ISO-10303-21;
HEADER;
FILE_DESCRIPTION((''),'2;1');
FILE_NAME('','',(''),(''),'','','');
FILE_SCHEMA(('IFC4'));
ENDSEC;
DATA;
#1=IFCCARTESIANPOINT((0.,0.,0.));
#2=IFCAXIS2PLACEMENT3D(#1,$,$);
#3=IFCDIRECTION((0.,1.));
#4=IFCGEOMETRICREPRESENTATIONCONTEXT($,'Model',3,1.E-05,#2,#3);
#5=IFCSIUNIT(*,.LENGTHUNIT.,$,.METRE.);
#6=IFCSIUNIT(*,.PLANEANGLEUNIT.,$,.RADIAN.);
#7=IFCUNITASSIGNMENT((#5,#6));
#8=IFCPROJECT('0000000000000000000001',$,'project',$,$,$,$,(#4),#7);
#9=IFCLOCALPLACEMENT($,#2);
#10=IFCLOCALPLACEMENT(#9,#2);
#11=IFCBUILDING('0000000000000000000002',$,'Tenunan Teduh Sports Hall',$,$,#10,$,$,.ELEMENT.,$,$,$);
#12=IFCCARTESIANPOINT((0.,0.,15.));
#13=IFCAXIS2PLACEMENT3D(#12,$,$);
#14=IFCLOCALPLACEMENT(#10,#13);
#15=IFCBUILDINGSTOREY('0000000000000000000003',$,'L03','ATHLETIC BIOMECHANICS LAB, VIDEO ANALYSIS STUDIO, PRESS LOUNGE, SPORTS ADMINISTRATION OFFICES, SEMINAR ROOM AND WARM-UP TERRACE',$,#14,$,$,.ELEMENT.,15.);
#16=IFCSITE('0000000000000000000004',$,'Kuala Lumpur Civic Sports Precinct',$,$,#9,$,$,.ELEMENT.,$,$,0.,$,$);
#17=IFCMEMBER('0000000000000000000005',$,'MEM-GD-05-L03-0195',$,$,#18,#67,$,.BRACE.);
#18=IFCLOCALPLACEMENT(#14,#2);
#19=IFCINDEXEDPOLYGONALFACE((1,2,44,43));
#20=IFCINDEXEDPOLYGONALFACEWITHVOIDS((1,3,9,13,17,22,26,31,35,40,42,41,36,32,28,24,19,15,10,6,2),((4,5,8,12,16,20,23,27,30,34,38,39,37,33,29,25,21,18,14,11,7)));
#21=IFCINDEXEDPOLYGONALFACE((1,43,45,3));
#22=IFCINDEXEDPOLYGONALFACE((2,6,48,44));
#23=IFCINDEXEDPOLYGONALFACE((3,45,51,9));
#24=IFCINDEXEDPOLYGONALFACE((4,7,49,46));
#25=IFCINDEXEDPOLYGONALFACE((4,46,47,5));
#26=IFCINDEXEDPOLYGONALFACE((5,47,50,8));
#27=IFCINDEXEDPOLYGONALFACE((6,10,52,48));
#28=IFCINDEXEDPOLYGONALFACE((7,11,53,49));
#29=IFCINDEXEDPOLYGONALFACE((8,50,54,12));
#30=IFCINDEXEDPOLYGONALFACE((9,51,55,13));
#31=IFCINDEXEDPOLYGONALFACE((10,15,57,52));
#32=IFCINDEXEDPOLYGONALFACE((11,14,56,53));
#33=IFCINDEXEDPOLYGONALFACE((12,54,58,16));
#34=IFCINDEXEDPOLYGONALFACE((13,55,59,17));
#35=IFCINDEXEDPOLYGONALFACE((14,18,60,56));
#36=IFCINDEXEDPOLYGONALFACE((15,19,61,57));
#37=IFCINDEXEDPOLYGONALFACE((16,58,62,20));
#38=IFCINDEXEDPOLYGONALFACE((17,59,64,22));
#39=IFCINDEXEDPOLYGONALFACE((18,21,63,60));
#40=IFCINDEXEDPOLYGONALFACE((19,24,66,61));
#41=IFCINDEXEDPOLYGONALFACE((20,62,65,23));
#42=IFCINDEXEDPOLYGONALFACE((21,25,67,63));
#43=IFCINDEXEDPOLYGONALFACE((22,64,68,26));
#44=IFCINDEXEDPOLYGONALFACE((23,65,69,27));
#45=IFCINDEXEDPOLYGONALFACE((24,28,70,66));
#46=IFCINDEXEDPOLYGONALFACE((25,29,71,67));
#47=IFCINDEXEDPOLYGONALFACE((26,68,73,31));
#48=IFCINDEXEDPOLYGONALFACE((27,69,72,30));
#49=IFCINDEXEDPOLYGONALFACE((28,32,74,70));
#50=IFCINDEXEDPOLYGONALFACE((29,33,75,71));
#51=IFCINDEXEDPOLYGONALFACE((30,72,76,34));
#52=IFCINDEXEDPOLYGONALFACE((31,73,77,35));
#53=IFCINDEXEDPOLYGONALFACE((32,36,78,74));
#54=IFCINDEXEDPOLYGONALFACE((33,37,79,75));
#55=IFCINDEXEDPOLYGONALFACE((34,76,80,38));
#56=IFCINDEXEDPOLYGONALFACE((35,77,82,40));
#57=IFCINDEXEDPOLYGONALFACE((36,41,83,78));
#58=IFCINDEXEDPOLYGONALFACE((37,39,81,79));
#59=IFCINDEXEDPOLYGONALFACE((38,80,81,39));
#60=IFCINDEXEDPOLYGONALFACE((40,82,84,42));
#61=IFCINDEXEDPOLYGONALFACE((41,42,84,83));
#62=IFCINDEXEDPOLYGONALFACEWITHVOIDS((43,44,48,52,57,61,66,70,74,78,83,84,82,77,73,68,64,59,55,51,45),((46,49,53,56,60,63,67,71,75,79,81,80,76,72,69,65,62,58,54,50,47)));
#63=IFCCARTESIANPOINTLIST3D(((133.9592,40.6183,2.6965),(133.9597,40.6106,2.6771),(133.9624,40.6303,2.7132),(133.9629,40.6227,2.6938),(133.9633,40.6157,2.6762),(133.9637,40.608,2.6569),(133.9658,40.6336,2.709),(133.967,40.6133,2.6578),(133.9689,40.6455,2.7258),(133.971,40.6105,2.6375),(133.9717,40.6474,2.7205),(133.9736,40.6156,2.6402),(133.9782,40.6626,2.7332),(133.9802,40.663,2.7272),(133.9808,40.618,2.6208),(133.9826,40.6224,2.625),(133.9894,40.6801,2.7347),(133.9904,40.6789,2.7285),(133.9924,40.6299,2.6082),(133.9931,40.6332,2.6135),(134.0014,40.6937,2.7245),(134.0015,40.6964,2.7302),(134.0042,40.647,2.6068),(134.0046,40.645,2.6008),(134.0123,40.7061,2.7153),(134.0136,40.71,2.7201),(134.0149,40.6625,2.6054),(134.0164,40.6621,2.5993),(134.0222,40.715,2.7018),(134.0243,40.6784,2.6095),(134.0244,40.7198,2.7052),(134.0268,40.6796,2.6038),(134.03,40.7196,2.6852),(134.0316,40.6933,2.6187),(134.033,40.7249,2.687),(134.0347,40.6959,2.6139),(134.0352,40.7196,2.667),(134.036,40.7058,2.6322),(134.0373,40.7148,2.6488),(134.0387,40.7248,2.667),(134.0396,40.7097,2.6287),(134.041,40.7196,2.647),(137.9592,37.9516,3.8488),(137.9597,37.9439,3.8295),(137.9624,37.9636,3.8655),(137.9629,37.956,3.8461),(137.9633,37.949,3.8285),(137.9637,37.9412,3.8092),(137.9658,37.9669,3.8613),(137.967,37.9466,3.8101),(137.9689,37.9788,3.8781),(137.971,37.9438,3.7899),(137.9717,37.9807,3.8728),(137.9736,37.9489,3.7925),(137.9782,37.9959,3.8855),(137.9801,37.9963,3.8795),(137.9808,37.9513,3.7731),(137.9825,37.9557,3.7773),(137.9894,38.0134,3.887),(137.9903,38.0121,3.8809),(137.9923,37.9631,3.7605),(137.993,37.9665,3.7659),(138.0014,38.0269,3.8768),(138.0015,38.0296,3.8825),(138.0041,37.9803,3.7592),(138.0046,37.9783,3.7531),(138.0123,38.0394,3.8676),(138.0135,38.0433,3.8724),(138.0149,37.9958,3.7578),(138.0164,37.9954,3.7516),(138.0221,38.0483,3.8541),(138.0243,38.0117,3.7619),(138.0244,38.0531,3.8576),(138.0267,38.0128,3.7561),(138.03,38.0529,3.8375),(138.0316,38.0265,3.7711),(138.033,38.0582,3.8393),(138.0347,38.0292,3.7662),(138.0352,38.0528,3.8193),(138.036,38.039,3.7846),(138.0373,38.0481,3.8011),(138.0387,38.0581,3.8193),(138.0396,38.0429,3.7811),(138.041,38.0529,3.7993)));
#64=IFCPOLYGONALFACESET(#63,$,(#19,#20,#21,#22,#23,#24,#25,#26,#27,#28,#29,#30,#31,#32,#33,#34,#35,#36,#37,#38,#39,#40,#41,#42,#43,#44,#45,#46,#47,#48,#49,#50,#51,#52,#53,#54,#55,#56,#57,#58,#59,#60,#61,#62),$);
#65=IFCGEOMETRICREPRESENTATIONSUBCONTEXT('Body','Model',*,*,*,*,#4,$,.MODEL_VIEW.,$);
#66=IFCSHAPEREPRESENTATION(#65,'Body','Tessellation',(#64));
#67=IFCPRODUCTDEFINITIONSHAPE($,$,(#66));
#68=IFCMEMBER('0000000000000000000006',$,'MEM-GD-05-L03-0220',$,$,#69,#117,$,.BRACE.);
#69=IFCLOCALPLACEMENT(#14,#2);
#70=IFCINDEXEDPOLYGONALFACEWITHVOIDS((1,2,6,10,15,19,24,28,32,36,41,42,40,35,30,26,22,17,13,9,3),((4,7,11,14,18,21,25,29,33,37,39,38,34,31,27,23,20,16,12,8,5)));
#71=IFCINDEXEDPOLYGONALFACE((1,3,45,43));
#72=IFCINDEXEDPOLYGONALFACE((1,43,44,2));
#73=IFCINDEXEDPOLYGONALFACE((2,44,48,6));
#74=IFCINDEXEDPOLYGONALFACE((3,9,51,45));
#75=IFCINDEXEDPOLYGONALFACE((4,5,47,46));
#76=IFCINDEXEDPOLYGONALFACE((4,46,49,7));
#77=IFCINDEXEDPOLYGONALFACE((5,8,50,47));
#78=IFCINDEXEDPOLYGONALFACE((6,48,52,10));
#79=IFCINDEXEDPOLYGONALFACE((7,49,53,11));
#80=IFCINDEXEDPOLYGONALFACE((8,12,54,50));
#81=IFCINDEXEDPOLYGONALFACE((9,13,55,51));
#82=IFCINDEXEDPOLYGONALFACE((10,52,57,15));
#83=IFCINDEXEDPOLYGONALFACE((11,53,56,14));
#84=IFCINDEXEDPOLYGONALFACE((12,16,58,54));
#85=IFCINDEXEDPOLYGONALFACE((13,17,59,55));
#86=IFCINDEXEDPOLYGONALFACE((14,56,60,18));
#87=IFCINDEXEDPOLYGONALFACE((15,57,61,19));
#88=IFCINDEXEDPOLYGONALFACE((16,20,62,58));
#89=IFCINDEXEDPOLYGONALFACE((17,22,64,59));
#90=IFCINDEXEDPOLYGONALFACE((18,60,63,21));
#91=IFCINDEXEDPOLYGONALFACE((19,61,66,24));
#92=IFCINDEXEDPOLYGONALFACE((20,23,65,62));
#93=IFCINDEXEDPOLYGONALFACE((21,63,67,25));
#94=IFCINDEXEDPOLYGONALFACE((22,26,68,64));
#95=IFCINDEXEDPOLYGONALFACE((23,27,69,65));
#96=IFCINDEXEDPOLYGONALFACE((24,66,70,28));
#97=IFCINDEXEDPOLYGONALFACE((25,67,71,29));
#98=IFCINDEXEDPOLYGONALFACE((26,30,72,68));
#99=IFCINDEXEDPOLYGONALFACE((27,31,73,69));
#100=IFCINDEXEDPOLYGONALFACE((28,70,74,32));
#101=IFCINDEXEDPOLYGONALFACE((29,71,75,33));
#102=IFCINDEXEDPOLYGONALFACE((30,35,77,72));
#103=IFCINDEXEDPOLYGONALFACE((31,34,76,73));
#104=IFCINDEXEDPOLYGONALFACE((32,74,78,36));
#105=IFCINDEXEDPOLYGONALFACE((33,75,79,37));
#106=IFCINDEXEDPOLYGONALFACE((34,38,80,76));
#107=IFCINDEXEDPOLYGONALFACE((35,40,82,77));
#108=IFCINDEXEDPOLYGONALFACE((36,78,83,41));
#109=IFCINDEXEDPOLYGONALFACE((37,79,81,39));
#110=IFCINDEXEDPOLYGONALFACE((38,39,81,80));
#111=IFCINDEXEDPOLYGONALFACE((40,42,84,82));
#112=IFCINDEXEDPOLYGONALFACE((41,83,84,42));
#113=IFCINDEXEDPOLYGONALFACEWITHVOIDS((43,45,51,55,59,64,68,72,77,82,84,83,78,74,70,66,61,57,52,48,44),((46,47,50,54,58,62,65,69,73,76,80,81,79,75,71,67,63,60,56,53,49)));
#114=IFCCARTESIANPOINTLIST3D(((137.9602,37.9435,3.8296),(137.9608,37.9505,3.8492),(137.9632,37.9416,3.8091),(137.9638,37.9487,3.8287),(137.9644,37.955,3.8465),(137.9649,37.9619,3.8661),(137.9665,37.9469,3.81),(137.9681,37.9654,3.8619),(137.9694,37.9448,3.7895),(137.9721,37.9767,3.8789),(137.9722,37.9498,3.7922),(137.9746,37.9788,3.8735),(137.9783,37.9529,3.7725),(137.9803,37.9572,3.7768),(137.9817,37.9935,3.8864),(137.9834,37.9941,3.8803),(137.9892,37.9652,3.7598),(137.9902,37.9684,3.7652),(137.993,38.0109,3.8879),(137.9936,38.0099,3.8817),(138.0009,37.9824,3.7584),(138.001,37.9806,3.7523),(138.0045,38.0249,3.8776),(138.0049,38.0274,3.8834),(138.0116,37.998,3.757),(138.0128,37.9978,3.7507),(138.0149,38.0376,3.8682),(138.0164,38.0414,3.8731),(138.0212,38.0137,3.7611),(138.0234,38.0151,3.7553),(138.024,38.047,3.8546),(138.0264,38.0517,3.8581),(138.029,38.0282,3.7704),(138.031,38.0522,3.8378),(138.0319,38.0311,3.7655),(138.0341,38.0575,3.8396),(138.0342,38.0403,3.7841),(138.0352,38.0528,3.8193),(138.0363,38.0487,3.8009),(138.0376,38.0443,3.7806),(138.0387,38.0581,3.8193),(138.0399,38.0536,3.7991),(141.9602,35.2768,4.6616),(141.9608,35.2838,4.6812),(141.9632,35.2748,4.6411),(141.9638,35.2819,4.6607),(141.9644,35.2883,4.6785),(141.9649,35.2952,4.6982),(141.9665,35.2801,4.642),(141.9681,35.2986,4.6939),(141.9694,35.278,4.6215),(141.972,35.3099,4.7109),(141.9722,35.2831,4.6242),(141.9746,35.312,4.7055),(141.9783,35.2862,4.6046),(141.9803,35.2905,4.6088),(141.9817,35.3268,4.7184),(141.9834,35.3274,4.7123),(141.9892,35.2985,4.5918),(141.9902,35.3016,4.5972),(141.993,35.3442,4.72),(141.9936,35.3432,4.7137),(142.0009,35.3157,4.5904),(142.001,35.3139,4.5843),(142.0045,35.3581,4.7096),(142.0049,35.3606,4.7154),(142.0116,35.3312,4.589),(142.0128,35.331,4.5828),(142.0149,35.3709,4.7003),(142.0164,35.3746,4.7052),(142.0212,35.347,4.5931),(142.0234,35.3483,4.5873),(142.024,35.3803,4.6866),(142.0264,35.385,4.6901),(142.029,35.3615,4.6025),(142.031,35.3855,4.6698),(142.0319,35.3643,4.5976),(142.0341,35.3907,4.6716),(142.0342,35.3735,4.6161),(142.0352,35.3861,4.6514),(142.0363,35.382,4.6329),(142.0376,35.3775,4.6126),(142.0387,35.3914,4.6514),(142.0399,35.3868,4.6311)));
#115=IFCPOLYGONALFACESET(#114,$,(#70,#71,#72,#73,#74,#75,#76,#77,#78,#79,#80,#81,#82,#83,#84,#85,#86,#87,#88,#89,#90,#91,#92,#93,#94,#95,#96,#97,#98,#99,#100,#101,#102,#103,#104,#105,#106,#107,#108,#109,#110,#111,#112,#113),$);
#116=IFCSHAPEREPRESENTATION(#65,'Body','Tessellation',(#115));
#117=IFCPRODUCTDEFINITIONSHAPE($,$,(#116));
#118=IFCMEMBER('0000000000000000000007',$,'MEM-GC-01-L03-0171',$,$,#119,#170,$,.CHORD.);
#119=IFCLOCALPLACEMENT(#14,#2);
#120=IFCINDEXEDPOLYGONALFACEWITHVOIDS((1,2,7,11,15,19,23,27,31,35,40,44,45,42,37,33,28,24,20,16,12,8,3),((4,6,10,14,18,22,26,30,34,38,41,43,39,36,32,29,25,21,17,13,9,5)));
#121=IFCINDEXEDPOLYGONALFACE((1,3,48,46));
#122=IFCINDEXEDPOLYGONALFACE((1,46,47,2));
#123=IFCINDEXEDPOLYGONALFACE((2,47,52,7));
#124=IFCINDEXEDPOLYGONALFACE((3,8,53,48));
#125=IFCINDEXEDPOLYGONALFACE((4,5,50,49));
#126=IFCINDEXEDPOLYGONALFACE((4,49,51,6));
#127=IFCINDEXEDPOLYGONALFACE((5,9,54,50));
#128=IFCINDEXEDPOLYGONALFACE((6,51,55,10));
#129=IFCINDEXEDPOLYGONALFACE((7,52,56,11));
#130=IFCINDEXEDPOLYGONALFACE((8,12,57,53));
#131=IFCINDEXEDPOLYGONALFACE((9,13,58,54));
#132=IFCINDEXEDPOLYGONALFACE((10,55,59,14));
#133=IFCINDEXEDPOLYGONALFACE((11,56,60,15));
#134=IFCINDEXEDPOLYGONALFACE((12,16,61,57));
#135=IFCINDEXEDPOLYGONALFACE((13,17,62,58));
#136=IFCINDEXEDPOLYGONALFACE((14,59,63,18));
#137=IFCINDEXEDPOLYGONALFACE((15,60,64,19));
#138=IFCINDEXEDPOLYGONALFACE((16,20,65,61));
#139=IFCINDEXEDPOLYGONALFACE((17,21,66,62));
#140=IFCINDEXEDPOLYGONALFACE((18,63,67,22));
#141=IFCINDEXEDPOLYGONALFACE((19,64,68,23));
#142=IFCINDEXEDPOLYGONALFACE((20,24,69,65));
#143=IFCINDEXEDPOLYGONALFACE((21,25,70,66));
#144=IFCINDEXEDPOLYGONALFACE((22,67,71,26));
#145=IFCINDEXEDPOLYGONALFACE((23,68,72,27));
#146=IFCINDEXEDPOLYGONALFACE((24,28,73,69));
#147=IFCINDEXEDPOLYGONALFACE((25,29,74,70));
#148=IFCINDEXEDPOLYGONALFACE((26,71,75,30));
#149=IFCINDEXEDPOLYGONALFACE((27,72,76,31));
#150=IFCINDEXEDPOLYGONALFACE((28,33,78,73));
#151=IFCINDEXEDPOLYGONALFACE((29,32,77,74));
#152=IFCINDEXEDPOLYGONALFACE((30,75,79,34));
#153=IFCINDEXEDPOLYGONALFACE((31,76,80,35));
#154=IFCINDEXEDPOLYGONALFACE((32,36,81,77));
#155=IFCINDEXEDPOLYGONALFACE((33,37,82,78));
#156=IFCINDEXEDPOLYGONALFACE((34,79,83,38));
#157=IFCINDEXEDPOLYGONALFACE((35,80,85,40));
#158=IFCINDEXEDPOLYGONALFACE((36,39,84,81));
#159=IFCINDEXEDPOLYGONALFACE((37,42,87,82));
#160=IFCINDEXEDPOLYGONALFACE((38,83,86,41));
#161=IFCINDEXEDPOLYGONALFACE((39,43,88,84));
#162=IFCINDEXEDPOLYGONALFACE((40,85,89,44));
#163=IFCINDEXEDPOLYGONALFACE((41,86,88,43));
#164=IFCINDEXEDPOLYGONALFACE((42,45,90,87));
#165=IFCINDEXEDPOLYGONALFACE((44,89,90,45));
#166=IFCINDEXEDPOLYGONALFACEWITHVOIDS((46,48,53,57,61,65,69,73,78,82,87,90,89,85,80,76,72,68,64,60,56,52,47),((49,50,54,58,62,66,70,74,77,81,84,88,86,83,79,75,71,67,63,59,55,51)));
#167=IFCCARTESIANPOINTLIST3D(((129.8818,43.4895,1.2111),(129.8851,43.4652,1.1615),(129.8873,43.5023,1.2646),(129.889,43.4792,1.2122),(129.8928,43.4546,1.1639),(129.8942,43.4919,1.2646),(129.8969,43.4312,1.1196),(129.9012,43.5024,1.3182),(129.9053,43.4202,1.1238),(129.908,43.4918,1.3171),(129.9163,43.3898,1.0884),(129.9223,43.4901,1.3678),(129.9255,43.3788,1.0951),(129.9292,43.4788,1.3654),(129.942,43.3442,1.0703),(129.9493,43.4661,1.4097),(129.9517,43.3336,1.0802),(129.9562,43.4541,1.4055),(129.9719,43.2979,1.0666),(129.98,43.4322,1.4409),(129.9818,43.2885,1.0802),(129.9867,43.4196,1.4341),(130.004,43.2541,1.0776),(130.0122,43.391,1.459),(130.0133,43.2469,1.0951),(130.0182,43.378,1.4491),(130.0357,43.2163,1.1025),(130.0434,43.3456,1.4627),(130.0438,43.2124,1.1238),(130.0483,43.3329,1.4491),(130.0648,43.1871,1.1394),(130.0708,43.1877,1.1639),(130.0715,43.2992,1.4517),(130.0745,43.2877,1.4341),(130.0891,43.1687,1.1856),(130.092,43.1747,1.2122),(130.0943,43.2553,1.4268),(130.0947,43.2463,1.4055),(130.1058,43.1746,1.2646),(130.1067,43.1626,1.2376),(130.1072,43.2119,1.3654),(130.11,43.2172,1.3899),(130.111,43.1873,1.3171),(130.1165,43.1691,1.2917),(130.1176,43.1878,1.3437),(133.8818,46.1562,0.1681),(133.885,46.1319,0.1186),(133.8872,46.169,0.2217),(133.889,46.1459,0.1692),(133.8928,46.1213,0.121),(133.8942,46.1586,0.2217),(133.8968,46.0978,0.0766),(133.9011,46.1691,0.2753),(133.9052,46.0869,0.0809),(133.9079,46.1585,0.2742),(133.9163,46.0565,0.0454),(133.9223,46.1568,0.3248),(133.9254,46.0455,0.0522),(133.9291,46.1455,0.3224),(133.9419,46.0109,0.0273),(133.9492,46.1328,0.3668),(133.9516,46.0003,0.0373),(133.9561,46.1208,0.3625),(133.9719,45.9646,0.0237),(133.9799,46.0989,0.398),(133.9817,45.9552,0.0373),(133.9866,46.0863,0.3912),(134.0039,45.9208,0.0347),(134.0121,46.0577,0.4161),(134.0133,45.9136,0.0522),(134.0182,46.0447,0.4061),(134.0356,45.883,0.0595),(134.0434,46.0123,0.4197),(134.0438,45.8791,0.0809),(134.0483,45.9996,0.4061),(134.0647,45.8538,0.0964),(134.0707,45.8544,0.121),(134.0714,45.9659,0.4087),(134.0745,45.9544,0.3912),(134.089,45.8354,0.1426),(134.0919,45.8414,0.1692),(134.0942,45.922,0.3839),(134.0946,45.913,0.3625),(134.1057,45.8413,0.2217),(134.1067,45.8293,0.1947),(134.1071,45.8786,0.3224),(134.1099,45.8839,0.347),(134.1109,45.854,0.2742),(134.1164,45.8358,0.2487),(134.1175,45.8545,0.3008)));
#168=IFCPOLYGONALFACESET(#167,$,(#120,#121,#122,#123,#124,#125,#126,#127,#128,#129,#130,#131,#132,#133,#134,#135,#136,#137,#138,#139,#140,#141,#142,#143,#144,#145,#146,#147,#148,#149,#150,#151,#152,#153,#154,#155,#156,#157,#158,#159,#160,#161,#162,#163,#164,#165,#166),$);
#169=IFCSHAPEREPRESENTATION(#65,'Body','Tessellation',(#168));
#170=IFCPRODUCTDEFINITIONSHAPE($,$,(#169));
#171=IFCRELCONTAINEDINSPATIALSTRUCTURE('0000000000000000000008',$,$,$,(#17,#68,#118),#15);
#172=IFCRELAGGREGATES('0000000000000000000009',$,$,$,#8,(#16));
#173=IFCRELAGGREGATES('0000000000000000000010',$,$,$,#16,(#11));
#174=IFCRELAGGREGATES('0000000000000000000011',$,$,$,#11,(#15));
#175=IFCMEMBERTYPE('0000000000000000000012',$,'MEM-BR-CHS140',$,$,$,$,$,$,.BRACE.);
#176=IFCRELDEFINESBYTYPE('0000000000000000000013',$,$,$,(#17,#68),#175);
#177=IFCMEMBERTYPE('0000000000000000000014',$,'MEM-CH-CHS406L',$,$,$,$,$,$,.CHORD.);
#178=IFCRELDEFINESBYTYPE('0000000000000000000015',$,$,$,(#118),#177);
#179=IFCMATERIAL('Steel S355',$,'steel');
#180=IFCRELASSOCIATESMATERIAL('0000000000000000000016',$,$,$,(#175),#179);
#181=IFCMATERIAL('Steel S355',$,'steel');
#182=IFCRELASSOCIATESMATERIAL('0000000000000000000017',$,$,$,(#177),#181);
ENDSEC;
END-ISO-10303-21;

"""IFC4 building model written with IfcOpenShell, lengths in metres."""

from ifc_helpers import new_model, si_unit, direction, frame, origin, origin_2d, place, context, subcontext, project, spatial, hollow_circle, extrude, material, material_profile, profile_set, type_object, element, save


model = new_model("IFC4")

# Units and contexts
model_context = context("Model", 3, precision=1e-05, world=origin(), true_north=direction((0.0, 1.0)))
body_context = subcontext(model_context, "Body", "Model", "MODEL_VIEW")
ifc_project = project(units=[si_unit("LENGTHUNIT", "METRE"), si_unit("PLANEANGLEUNIT", "RADIAN")], contexts=[model_context])

# Site, building, storey
site_placement = place(None, origin())
site = spatial("IfcSite", under=ifc_project, at=site_placement, Name="Kuala Lumpur Civic Sports Precinct", CompositionType="ELEMENT", RefElevation=0.0)
building_placement = place(site_placement, origin())
building = spatial("IfcBuilding", under=site, at=building_placement, Name="Tenunan Teduh Sports Hall", CompositionType="ELEMENT")
storey_placement = place(building_placement, frame((0.0, 0.0, 15.0)))
storey = spatial("IfcBuildingStorey", under=building, at=storey_placement, Name="L03", Description="ATHLETIC BIOMECHANICS LAB, VIDEO ANALYSIS STUDIO, PRESS LOUNGE, SPORTS ADMINISTRATION OFFICES, SEMINAR ROOM AND WARM-UP TERRACE", CompositionType="ELEMENT", Elevation=15.0)

# Members
ifc_material_1 = material(Name="Steel S355", Category="steel")
ifc_material_profile_1 = material_profile(ifc_material_1, hollow_circle(Radius=0.0698, WallThickness=0.0063, at=origin_2d()), Name="CHS 139.7x6.3")
ifc_profile_set_1 = profile_set([ifc_material_profile_1], Name="Steel S355")
member_type_1 = type_object("IfcMemberType", Name="MEM-BR-CHS140", PredefinedType="BRACE", material=ifc_profile_set_1)
member_1_placement = place(storey_placement, frame((134.0, 40.6667, 2.667), z_axis=(0.809123, -0.539432, 0.233097), x_axis=(0.554712, 0.832042, 0.0)))
element("IfcMember", 1, at=member_1_placement, inside=storey, type_object=member_type_1, Name="MEM-GD-05-L03-0195", PredefinedType="BRACE", context=body_context, shape_type="SweptSolid", body=[
    extrude(hollow_circle(Radius=0.0698, WallThickness=0.0063, at=origin_2d()), origin(), (0.0, 0.0, 1.0), 4.9436),
])
member_2_placement = place(storey_placement, frame((138.0, 38.0, 3.8193), z_axis=(0.819854, -0.546586, 0.170536), x_axis=(0.554712, 0.832042, 0.0)))
element("IfcMember", 2, at=member_2_placement, inside=storey, type_object=member_type_1, Name="MEM-GD-05-L03-0220", PredefinedType="BRACE", context=body_context, shape_type="SweptSolid", body=[
    extrude(hollow_circle(Radius=0.0698, WallThickness=0.0063, at=origin_2d()), origin(), (0.0, 0.0, 1.0), 4.8789),
])
ifc_material_2 = material(Name="Steel S355", Category="steel")
ifc_material_profile_2 = material_profile(ifc_material_2, hollow_circle(Radius=0.2031, WallThickness=0.0125, at=origin_2d()), Name="CHS 406.4x12.5")
ifc_profile_set_2 = profile_set([ifc_material_profile_2], Name="Steel S355")
member_type_2 = type_object("IfcMemberType", Name="MEM-CH-CHS406L", PredefinedType="CHORD", material=ifc_profile_set_2)
member_3_placement = place(storey_placement, frame((130.0, 43.3333, 1.2646), z_axis=(0.813127, 0.542101, -0.212016), x_axis=(-0.554712, 0.832042, 0.0)))
element("IfcMember", 3, at=member_3_placement, inside=storey, type_object=member_type_2, Name="MEM-GC-01-L03-0171", PredefinedType="CHORD", context=body_context, shape_type="SweptSolid", body=[
    extrude(hollow_circle(Radius=0.2031, WallThickness=0.0125, at=origin_2d()), origin(), (0.0, 0.0, 1.0), 4.9192),
])

save(model, "model.ifc")
